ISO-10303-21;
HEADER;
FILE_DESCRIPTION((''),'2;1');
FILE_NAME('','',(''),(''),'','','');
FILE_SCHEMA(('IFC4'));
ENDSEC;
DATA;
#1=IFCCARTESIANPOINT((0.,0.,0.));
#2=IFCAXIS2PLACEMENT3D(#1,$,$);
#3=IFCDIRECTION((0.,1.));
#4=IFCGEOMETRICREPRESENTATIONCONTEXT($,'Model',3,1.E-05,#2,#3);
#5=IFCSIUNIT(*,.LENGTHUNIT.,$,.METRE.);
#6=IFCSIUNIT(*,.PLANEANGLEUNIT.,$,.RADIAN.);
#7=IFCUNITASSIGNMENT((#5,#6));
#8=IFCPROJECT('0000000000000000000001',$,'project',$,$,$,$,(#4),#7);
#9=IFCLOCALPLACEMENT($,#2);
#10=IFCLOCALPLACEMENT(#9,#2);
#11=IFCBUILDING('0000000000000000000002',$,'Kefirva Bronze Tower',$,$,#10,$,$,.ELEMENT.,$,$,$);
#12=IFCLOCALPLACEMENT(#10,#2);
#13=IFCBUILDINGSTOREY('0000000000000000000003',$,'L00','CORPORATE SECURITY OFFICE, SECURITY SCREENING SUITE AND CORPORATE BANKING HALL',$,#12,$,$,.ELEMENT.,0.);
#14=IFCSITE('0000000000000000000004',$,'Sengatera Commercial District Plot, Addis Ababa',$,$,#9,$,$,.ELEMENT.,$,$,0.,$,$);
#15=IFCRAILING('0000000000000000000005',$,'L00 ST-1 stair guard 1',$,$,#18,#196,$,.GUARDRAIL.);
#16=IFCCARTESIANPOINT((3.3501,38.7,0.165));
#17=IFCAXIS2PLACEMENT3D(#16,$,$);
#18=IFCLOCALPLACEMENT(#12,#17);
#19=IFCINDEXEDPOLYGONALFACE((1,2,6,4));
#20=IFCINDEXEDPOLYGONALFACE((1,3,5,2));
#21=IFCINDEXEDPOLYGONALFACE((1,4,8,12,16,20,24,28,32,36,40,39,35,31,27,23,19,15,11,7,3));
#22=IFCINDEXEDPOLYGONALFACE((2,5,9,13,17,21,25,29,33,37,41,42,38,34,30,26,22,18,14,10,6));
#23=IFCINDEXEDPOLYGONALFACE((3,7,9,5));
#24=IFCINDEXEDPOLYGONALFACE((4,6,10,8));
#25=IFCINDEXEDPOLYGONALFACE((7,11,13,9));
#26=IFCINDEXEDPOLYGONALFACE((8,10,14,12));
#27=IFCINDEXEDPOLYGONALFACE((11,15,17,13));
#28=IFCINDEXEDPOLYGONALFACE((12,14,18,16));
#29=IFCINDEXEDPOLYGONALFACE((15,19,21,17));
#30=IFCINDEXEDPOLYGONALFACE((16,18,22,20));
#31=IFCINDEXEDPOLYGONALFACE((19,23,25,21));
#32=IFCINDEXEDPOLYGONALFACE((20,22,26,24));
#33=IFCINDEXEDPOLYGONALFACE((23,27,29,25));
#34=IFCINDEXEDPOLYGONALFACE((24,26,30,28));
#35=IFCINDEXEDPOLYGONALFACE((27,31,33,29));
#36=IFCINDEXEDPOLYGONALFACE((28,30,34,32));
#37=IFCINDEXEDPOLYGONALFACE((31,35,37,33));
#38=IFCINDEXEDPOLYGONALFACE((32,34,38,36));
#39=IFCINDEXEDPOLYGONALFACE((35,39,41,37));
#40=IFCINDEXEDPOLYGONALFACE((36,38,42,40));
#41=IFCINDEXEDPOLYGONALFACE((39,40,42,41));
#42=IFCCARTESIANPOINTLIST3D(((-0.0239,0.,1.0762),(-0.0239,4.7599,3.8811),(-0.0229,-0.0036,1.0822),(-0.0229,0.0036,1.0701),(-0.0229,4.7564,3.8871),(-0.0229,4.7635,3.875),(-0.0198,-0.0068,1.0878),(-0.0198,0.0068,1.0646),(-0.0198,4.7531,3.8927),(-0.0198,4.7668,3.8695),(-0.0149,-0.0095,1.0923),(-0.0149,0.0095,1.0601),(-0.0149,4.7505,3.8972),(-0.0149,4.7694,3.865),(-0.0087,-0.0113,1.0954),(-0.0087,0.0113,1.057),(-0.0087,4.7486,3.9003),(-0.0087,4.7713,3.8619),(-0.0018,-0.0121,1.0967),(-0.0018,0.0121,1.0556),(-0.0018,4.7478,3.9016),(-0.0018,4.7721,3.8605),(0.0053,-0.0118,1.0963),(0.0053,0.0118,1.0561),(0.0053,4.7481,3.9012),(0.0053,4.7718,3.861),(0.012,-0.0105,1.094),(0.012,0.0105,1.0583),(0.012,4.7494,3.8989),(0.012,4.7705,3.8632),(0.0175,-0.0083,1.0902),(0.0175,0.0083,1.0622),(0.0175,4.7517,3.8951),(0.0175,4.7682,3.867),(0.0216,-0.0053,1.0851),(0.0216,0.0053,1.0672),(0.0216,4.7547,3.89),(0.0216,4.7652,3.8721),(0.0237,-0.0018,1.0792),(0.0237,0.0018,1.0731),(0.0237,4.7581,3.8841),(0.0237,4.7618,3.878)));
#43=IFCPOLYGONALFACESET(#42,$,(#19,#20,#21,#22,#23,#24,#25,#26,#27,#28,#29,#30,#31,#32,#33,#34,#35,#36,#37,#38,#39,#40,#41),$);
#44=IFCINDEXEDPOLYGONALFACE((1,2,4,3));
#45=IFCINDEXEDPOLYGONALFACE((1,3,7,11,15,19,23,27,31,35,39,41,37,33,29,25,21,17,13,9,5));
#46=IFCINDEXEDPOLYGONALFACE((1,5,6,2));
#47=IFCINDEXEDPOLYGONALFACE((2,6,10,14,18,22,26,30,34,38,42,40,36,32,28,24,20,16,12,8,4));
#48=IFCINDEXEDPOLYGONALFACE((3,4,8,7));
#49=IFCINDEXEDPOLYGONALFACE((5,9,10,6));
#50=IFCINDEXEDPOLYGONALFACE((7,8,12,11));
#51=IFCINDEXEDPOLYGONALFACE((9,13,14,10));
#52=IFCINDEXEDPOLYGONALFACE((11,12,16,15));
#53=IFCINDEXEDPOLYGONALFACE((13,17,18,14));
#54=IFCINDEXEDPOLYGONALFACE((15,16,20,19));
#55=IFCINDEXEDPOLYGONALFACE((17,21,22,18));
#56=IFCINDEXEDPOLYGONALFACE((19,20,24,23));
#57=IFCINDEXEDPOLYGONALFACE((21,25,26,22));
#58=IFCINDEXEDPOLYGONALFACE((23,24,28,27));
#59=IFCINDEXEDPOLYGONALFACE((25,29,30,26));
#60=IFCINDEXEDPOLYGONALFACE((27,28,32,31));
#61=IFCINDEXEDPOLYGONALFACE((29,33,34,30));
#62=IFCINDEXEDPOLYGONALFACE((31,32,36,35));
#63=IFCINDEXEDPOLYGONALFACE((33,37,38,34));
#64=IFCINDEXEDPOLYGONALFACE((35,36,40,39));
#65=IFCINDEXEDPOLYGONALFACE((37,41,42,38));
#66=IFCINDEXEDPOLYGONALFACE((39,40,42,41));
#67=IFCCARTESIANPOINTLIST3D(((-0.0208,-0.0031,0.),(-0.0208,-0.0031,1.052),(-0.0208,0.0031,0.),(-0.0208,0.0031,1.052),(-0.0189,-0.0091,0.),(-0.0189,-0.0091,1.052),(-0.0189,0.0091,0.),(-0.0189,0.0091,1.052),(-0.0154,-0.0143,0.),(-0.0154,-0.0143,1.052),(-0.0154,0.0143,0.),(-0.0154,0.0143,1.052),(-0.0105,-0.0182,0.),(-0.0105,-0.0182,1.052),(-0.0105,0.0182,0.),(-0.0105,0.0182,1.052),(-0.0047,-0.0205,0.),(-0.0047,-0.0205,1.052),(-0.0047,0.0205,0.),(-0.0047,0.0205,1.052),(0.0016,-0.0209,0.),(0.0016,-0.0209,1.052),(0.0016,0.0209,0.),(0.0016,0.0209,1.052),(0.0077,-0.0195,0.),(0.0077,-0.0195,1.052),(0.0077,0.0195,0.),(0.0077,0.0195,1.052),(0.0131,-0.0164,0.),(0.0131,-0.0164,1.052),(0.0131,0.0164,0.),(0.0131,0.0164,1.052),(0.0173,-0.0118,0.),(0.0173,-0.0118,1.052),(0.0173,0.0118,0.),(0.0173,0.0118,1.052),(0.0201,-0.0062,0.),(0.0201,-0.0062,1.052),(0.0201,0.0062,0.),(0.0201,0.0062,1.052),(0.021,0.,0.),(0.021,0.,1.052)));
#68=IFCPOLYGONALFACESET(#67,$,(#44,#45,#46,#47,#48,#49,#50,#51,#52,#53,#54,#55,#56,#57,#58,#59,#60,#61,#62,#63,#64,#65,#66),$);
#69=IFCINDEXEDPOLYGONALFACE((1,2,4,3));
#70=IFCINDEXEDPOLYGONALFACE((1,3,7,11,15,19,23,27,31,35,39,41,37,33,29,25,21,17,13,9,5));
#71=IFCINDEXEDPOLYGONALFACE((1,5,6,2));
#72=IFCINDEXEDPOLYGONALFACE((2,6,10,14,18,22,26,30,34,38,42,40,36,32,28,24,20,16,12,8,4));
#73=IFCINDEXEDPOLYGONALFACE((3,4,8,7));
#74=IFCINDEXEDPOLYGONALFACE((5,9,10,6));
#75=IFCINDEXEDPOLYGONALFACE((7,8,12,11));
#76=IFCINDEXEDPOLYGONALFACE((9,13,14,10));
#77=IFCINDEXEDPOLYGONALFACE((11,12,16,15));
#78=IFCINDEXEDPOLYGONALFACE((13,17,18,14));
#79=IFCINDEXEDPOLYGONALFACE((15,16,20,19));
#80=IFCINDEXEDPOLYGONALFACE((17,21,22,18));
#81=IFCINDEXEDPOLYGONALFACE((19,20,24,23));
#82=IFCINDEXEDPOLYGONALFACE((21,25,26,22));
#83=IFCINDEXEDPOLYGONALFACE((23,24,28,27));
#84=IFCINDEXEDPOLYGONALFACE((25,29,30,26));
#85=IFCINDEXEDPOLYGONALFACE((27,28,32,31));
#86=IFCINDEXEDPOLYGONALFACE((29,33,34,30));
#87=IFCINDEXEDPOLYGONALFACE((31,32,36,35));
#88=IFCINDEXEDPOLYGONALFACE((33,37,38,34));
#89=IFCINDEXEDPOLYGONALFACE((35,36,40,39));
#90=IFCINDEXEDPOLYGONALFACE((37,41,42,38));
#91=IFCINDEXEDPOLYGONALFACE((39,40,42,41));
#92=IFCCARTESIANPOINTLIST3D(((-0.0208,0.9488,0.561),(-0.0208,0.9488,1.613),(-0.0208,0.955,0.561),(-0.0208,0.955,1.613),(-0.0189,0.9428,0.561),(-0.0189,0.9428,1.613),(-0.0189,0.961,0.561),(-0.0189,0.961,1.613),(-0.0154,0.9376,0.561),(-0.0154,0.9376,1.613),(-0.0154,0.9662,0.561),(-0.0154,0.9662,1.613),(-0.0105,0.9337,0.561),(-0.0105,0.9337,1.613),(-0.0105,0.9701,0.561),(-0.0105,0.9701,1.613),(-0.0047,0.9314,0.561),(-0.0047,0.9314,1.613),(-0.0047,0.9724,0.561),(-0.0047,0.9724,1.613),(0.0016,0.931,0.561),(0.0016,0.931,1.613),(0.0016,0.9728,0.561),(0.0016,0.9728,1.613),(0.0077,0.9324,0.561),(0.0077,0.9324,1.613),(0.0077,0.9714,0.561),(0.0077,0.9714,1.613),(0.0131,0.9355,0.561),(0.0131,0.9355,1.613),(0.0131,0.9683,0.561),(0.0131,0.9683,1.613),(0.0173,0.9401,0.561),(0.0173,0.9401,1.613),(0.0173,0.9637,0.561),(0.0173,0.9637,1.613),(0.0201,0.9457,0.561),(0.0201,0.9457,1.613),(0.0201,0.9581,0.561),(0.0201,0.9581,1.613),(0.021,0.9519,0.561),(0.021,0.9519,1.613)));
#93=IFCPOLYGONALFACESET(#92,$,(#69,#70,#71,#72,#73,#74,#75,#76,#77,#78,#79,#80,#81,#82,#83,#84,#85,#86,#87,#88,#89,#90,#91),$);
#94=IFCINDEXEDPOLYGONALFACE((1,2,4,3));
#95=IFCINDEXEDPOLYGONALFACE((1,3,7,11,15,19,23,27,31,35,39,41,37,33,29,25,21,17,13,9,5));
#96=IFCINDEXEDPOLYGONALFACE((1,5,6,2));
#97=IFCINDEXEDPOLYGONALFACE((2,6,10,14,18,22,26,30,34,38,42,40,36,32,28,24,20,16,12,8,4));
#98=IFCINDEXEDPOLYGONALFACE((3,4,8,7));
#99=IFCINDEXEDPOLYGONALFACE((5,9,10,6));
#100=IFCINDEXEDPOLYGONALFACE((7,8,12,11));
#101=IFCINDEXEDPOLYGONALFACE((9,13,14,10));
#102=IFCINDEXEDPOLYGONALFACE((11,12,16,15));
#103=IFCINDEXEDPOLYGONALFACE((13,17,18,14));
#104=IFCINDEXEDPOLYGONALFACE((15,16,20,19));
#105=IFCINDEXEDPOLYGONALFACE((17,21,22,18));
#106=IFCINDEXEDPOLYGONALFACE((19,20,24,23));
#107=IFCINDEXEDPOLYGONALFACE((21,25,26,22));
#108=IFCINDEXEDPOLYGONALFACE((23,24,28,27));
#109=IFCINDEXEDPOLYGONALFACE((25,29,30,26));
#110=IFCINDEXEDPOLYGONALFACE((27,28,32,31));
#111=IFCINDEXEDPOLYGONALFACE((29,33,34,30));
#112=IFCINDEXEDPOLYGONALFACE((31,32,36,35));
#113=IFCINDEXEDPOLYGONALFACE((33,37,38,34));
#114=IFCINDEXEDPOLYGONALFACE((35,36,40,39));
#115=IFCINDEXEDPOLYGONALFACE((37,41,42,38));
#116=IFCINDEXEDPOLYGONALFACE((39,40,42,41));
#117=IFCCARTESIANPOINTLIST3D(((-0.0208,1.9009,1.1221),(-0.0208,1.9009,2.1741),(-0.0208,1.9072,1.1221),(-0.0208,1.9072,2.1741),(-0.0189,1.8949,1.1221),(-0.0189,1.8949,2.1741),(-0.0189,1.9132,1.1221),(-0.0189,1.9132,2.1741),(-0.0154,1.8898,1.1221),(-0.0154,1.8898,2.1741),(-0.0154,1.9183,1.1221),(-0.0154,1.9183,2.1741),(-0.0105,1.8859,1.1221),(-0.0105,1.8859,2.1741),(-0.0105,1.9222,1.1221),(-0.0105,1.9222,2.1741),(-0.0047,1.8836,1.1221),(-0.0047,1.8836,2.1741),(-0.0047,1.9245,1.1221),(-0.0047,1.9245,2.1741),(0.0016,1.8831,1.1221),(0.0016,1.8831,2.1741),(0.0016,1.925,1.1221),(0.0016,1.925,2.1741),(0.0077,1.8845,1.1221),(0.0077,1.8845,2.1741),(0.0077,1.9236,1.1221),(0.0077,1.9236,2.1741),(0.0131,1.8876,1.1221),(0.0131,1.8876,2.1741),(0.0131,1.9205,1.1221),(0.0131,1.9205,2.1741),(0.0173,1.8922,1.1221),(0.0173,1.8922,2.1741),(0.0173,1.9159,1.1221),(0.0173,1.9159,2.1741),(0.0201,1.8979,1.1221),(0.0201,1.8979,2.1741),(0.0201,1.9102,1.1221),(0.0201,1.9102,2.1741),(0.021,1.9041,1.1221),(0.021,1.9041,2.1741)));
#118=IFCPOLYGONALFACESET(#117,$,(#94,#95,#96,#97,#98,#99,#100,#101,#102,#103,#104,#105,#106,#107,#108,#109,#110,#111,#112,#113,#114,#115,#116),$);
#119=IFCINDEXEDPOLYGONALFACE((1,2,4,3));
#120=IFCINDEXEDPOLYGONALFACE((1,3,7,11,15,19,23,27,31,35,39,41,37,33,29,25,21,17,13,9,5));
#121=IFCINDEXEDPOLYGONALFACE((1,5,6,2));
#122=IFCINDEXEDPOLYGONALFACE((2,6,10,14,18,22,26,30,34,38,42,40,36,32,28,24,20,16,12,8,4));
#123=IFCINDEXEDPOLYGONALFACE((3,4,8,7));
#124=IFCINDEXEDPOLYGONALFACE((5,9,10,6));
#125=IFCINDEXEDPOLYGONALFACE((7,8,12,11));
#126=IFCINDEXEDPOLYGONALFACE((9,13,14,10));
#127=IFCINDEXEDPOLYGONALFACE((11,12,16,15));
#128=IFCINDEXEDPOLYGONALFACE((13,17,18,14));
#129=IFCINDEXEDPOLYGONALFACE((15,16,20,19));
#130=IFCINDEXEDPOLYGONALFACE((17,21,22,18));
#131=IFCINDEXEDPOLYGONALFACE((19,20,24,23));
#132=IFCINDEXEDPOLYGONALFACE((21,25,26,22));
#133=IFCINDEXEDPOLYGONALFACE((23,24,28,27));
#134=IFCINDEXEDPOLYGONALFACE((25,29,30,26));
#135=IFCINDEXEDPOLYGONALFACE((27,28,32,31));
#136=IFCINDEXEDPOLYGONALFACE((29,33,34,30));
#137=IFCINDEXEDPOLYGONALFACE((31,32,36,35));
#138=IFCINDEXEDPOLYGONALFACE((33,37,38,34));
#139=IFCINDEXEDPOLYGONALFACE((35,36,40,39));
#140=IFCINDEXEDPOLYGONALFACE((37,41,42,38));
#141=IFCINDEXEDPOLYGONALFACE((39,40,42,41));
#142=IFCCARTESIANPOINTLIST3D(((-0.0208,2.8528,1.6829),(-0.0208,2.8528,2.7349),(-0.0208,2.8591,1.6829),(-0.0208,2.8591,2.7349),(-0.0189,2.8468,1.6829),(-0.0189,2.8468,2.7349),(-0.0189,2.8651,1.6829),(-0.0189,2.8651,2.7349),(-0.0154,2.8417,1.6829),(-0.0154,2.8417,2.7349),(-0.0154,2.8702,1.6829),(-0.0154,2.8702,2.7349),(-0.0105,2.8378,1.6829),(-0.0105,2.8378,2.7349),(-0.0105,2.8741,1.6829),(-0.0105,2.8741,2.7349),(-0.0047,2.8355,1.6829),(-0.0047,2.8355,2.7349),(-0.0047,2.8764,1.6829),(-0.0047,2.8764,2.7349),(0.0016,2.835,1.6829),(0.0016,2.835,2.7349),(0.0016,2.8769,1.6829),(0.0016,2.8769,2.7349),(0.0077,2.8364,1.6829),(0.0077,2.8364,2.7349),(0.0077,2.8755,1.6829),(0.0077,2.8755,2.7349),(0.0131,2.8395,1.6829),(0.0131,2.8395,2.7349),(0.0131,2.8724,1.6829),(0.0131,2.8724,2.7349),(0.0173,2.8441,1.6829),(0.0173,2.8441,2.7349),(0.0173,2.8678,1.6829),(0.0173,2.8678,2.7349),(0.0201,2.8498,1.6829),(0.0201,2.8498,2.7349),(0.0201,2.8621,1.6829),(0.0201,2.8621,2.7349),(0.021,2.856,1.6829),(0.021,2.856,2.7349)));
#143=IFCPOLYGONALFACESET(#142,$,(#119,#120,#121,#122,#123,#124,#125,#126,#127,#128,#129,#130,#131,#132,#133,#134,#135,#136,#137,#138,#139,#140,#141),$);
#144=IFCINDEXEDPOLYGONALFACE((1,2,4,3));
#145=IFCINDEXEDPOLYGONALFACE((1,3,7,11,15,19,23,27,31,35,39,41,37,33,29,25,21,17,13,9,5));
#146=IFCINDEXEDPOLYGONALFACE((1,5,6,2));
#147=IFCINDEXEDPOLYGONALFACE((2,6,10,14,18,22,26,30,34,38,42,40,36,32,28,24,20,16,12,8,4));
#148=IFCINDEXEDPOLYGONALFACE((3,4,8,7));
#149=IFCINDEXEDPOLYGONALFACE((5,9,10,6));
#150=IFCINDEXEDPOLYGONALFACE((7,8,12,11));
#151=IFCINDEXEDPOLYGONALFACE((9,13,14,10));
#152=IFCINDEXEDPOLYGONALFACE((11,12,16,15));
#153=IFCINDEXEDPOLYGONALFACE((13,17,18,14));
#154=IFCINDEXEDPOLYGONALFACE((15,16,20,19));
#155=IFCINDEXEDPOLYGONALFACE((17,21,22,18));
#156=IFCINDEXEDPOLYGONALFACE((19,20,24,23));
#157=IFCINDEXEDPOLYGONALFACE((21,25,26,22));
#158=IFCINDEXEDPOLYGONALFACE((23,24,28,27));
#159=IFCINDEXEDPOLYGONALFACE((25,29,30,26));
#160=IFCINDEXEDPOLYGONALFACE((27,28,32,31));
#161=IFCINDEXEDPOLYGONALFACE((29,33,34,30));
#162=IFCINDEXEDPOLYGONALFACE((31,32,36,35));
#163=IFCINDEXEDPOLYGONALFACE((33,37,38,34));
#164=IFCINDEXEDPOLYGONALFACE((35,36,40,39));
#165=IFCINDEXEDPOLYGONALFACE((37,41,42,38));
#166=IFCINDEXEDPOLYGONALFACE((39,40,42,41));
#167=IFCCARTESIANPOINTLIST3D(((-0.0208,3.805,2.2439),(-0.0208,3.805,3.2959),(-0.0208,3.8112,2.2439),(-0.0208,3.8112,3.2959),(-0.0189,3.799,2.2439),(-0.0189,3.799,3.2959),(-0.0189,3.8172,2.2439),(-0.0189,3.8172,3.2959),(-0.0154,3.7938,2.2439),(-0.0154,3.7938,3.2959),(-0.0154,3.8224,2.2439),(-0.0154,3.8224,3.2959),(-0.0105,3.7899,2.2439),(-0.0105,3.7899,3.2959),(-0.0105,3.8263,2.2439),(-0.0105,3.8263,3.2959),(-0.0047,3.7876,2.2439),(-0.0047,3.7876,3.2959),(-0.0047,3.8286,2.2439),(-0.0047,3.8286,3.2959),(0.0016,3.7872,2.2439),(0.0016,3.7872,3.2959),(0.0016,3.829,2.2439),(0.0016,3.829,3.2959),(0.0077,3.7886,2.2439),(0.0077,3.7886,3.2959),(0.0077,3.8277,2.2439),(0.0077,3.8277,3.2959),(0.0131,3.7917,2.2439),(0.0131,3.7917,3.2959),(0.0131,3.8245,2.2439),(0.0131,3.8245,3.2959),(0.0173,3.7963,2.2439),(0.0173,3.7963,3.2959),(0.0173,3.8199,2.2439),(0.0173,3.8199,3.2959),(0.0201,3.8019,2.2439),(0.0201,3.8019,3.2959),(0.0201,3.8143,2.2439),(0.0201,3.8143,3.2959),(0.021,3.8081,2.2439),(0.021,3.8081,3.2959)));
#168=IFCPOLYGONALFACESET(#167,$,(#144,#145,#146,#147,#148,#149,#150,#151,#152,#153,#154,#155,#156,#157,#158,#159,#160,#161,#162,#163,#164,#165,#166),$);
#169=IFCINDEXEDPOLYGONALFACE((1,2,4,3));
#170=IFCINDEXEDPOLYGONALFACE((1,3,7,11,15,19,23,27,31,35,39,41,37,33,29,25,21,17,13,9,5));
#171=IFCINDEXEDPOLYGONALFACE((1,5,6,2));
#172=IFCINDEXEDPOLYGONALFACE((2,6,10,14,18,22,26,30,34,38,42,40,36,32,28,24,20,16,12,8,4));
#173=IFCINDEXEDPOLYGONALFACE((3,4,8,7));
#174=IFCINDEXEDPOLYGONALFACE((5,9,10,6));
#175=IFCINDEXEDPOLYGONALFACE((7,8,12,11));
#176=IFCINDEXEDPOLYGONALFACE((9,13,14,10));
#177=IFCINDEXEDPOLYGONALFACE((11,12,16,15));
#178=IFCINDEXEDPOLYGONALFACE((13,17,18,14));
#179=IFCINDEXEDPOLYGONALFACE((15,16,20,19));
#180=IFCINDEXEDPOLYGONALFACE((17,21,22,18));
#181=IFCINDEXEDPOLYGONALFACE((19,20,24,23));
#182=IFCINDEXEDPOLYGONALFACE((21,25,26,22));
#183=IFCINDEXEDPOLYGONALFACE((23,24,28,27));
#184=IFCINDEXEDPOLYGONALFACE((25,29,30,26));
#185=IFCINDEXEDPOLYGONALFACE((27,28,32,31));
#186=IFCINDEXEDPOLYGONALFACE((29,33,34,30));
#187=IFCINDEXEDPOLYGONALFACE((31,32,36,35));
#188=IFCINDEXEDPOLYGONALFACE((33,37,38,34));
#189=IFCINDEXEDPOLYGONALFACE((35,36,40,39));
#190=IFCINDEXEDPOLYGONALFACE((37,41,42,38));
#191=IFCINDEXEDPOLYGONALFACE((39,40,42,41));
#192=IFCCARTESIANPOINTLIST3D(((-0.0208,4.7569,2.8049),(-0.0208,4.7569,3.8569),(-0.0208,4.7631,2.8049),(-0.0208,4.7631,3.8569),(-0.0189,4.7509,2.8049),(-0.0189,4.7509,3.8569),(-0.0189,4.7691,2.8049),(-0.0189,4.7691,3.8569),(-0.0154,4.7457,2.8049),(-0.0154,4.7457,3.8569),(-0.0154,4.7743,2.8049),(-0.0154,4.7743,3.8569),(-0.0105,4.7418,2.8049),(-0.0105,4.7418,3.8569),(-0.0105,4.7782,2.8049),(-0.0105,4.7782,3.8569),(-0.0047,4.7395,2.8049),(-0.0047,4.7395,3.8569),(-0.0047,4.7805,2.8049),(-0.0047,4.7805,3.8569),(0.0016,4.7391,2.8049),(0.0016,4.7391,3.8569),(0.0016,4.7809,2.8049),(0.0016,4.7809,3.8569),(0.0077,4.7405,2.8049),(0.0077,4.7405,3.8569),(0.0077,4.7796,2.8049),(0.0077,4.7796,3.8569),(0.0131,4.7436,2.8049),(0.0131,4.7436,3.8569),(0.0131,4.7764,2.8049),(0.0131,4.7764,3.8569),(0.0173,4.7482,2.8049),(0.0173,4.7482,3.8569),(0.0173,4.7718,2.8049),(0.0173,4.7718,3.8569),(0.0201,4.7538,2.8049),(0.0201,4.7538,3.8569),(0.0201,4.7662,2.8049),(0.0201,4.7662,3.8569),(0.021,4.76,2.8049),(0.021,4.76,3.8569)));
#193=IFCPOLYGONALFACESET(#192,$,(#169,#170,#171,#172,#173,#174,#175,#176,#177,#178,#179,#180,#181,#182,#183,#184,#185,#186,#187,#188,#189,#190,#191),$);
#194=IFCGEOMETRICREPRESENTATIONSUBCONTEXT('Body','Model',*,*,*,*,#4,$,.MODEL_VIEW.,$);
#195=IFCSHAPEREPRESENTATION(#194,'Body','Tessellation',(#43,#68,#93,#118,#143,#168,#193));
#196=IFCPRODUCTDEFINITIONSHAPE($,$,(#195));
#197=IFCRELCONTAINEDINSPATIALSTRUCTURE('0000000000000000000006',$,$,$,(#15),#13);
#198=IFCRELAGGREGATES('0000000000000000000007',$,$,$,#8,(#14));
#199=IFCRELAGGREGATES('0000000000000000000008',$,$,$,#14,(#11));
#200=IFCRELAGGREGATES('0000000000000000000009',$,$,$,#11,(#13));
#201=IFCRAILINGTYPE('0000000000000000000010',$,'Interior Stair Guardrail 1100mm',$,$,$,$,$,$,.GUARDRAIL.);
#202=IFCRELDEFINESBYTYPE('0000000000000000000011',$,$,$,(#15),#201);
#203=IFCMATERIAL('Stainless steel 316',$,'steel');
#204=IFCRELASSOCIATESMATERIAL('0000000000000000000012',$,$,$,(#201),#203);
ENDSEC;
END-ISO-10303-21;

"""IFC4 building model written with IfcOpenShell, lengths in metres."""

from ifc_helpers import new_model, si_unit, direction, frame, origin, origin_2d, place, context, subcontext, project, spatial, circle, extrude, material, type_object, element, save


model = new_model("IFC4")

# Units and contexts
model_context = context("Model", 3, precision=1e-05, world=origin(), true_north=direction((0.0, 1.0)))
body_context = subcontext(model_context, "Body", "Model", "MODEL_VIEW")
ifc_project = project(units=[si_unit("LENGTHUNIT", "METRE"), si_unit("PLANEANGLEUNIT", "RADIAN")], contexts=[model_context])

# Site, building, storey
site_placement = place(None, origin())
site = spatial("IfcSite", under=ifc_project, at=site_placement, Name="Sengatera Commercial District Plot, Addis Ababa", CompositionType="ELEMENT", RefElevation=0.0)
building_placement = place(site_placement, origin())
building = spatial("IfcBuilding", under=site, at=building_placement, Name="Kefirva Bronze Tower", CompositionType="ELEMENT")
storey_placement = place(building_placement, origin())
storey = spatial("IfcBuildingStorey", under=building, at=storey_placement, Name="L00", Description="CORPORATE SECURITY OFFICE, SECURITY SCREENING SUITE AND CORPORATE BANKING HALL", CompositionType="ELEMENT", Elevation=0.0)

# Shared definitions
ifc_material_1 = material(Name="Stainless steel 316", Category="steel")

# Railing
railing_type_1 = type_object("IfcRailingType", Name="Interior Stair Guardrail 1100mm", PredefinedType="GUARDRAIL", material=ifc_material_1)
railing_1_placement = place(storey_placement, frame((3.3501, 38.7, 0.165)))
element("IfcRailing", 1, at=railing_1_placement, inside=storey, type_object=railing_type_1, Name="L00 ST-1 stair guard 1", PredefinedType="GUARDRAIL", context=body_context, shape_type="SweptSolid", body=[
    extrude(circle(Radius=0.0239, at=origin_2d()), frame((0.0, 0.0, 1.0762), z_axis=(0.0, 0.861544, 0.507682), x_axis=(-1.0, 0.0, 0.0)), (0.0, 0.0, 1.0), 5.5249),
    extrude(circle(Radius=0.021, at=origin_2d()), origin(), (0.0, 0.0, 1.0), 1.052),
    extrude(circle(Radius=0.021, at=origin_2d()), frame((0.0, 0.9519, 0.561)), (0.0, 0.0, 1.0), 1.052),
    extrude(circle(Radius=0.021, at=origin_2d()), frame((0.0, 1.9041, 1.1221)), (0.0, 0.0, 1.0), 1.052),
    extrude(circle(Radius=0.021, at=origin_2d()), frame((0.0, 2.856, 1.6829)), (0.0, 0.0, 1.0), 1.052),
    extrude(circle(Radius=0.021, at=origin_2d()), frame((0.0, 3.8081, 2.2439)), (0.0, 0.0, 1.0), 1.052),
    extrude(circle(Radius=0.021, at=origin_2d()), frame((0.0, 4.76, 2.8049)), (0.0, 0.0, 1.0), 1.052),
])

save(model, "model.ifc")
